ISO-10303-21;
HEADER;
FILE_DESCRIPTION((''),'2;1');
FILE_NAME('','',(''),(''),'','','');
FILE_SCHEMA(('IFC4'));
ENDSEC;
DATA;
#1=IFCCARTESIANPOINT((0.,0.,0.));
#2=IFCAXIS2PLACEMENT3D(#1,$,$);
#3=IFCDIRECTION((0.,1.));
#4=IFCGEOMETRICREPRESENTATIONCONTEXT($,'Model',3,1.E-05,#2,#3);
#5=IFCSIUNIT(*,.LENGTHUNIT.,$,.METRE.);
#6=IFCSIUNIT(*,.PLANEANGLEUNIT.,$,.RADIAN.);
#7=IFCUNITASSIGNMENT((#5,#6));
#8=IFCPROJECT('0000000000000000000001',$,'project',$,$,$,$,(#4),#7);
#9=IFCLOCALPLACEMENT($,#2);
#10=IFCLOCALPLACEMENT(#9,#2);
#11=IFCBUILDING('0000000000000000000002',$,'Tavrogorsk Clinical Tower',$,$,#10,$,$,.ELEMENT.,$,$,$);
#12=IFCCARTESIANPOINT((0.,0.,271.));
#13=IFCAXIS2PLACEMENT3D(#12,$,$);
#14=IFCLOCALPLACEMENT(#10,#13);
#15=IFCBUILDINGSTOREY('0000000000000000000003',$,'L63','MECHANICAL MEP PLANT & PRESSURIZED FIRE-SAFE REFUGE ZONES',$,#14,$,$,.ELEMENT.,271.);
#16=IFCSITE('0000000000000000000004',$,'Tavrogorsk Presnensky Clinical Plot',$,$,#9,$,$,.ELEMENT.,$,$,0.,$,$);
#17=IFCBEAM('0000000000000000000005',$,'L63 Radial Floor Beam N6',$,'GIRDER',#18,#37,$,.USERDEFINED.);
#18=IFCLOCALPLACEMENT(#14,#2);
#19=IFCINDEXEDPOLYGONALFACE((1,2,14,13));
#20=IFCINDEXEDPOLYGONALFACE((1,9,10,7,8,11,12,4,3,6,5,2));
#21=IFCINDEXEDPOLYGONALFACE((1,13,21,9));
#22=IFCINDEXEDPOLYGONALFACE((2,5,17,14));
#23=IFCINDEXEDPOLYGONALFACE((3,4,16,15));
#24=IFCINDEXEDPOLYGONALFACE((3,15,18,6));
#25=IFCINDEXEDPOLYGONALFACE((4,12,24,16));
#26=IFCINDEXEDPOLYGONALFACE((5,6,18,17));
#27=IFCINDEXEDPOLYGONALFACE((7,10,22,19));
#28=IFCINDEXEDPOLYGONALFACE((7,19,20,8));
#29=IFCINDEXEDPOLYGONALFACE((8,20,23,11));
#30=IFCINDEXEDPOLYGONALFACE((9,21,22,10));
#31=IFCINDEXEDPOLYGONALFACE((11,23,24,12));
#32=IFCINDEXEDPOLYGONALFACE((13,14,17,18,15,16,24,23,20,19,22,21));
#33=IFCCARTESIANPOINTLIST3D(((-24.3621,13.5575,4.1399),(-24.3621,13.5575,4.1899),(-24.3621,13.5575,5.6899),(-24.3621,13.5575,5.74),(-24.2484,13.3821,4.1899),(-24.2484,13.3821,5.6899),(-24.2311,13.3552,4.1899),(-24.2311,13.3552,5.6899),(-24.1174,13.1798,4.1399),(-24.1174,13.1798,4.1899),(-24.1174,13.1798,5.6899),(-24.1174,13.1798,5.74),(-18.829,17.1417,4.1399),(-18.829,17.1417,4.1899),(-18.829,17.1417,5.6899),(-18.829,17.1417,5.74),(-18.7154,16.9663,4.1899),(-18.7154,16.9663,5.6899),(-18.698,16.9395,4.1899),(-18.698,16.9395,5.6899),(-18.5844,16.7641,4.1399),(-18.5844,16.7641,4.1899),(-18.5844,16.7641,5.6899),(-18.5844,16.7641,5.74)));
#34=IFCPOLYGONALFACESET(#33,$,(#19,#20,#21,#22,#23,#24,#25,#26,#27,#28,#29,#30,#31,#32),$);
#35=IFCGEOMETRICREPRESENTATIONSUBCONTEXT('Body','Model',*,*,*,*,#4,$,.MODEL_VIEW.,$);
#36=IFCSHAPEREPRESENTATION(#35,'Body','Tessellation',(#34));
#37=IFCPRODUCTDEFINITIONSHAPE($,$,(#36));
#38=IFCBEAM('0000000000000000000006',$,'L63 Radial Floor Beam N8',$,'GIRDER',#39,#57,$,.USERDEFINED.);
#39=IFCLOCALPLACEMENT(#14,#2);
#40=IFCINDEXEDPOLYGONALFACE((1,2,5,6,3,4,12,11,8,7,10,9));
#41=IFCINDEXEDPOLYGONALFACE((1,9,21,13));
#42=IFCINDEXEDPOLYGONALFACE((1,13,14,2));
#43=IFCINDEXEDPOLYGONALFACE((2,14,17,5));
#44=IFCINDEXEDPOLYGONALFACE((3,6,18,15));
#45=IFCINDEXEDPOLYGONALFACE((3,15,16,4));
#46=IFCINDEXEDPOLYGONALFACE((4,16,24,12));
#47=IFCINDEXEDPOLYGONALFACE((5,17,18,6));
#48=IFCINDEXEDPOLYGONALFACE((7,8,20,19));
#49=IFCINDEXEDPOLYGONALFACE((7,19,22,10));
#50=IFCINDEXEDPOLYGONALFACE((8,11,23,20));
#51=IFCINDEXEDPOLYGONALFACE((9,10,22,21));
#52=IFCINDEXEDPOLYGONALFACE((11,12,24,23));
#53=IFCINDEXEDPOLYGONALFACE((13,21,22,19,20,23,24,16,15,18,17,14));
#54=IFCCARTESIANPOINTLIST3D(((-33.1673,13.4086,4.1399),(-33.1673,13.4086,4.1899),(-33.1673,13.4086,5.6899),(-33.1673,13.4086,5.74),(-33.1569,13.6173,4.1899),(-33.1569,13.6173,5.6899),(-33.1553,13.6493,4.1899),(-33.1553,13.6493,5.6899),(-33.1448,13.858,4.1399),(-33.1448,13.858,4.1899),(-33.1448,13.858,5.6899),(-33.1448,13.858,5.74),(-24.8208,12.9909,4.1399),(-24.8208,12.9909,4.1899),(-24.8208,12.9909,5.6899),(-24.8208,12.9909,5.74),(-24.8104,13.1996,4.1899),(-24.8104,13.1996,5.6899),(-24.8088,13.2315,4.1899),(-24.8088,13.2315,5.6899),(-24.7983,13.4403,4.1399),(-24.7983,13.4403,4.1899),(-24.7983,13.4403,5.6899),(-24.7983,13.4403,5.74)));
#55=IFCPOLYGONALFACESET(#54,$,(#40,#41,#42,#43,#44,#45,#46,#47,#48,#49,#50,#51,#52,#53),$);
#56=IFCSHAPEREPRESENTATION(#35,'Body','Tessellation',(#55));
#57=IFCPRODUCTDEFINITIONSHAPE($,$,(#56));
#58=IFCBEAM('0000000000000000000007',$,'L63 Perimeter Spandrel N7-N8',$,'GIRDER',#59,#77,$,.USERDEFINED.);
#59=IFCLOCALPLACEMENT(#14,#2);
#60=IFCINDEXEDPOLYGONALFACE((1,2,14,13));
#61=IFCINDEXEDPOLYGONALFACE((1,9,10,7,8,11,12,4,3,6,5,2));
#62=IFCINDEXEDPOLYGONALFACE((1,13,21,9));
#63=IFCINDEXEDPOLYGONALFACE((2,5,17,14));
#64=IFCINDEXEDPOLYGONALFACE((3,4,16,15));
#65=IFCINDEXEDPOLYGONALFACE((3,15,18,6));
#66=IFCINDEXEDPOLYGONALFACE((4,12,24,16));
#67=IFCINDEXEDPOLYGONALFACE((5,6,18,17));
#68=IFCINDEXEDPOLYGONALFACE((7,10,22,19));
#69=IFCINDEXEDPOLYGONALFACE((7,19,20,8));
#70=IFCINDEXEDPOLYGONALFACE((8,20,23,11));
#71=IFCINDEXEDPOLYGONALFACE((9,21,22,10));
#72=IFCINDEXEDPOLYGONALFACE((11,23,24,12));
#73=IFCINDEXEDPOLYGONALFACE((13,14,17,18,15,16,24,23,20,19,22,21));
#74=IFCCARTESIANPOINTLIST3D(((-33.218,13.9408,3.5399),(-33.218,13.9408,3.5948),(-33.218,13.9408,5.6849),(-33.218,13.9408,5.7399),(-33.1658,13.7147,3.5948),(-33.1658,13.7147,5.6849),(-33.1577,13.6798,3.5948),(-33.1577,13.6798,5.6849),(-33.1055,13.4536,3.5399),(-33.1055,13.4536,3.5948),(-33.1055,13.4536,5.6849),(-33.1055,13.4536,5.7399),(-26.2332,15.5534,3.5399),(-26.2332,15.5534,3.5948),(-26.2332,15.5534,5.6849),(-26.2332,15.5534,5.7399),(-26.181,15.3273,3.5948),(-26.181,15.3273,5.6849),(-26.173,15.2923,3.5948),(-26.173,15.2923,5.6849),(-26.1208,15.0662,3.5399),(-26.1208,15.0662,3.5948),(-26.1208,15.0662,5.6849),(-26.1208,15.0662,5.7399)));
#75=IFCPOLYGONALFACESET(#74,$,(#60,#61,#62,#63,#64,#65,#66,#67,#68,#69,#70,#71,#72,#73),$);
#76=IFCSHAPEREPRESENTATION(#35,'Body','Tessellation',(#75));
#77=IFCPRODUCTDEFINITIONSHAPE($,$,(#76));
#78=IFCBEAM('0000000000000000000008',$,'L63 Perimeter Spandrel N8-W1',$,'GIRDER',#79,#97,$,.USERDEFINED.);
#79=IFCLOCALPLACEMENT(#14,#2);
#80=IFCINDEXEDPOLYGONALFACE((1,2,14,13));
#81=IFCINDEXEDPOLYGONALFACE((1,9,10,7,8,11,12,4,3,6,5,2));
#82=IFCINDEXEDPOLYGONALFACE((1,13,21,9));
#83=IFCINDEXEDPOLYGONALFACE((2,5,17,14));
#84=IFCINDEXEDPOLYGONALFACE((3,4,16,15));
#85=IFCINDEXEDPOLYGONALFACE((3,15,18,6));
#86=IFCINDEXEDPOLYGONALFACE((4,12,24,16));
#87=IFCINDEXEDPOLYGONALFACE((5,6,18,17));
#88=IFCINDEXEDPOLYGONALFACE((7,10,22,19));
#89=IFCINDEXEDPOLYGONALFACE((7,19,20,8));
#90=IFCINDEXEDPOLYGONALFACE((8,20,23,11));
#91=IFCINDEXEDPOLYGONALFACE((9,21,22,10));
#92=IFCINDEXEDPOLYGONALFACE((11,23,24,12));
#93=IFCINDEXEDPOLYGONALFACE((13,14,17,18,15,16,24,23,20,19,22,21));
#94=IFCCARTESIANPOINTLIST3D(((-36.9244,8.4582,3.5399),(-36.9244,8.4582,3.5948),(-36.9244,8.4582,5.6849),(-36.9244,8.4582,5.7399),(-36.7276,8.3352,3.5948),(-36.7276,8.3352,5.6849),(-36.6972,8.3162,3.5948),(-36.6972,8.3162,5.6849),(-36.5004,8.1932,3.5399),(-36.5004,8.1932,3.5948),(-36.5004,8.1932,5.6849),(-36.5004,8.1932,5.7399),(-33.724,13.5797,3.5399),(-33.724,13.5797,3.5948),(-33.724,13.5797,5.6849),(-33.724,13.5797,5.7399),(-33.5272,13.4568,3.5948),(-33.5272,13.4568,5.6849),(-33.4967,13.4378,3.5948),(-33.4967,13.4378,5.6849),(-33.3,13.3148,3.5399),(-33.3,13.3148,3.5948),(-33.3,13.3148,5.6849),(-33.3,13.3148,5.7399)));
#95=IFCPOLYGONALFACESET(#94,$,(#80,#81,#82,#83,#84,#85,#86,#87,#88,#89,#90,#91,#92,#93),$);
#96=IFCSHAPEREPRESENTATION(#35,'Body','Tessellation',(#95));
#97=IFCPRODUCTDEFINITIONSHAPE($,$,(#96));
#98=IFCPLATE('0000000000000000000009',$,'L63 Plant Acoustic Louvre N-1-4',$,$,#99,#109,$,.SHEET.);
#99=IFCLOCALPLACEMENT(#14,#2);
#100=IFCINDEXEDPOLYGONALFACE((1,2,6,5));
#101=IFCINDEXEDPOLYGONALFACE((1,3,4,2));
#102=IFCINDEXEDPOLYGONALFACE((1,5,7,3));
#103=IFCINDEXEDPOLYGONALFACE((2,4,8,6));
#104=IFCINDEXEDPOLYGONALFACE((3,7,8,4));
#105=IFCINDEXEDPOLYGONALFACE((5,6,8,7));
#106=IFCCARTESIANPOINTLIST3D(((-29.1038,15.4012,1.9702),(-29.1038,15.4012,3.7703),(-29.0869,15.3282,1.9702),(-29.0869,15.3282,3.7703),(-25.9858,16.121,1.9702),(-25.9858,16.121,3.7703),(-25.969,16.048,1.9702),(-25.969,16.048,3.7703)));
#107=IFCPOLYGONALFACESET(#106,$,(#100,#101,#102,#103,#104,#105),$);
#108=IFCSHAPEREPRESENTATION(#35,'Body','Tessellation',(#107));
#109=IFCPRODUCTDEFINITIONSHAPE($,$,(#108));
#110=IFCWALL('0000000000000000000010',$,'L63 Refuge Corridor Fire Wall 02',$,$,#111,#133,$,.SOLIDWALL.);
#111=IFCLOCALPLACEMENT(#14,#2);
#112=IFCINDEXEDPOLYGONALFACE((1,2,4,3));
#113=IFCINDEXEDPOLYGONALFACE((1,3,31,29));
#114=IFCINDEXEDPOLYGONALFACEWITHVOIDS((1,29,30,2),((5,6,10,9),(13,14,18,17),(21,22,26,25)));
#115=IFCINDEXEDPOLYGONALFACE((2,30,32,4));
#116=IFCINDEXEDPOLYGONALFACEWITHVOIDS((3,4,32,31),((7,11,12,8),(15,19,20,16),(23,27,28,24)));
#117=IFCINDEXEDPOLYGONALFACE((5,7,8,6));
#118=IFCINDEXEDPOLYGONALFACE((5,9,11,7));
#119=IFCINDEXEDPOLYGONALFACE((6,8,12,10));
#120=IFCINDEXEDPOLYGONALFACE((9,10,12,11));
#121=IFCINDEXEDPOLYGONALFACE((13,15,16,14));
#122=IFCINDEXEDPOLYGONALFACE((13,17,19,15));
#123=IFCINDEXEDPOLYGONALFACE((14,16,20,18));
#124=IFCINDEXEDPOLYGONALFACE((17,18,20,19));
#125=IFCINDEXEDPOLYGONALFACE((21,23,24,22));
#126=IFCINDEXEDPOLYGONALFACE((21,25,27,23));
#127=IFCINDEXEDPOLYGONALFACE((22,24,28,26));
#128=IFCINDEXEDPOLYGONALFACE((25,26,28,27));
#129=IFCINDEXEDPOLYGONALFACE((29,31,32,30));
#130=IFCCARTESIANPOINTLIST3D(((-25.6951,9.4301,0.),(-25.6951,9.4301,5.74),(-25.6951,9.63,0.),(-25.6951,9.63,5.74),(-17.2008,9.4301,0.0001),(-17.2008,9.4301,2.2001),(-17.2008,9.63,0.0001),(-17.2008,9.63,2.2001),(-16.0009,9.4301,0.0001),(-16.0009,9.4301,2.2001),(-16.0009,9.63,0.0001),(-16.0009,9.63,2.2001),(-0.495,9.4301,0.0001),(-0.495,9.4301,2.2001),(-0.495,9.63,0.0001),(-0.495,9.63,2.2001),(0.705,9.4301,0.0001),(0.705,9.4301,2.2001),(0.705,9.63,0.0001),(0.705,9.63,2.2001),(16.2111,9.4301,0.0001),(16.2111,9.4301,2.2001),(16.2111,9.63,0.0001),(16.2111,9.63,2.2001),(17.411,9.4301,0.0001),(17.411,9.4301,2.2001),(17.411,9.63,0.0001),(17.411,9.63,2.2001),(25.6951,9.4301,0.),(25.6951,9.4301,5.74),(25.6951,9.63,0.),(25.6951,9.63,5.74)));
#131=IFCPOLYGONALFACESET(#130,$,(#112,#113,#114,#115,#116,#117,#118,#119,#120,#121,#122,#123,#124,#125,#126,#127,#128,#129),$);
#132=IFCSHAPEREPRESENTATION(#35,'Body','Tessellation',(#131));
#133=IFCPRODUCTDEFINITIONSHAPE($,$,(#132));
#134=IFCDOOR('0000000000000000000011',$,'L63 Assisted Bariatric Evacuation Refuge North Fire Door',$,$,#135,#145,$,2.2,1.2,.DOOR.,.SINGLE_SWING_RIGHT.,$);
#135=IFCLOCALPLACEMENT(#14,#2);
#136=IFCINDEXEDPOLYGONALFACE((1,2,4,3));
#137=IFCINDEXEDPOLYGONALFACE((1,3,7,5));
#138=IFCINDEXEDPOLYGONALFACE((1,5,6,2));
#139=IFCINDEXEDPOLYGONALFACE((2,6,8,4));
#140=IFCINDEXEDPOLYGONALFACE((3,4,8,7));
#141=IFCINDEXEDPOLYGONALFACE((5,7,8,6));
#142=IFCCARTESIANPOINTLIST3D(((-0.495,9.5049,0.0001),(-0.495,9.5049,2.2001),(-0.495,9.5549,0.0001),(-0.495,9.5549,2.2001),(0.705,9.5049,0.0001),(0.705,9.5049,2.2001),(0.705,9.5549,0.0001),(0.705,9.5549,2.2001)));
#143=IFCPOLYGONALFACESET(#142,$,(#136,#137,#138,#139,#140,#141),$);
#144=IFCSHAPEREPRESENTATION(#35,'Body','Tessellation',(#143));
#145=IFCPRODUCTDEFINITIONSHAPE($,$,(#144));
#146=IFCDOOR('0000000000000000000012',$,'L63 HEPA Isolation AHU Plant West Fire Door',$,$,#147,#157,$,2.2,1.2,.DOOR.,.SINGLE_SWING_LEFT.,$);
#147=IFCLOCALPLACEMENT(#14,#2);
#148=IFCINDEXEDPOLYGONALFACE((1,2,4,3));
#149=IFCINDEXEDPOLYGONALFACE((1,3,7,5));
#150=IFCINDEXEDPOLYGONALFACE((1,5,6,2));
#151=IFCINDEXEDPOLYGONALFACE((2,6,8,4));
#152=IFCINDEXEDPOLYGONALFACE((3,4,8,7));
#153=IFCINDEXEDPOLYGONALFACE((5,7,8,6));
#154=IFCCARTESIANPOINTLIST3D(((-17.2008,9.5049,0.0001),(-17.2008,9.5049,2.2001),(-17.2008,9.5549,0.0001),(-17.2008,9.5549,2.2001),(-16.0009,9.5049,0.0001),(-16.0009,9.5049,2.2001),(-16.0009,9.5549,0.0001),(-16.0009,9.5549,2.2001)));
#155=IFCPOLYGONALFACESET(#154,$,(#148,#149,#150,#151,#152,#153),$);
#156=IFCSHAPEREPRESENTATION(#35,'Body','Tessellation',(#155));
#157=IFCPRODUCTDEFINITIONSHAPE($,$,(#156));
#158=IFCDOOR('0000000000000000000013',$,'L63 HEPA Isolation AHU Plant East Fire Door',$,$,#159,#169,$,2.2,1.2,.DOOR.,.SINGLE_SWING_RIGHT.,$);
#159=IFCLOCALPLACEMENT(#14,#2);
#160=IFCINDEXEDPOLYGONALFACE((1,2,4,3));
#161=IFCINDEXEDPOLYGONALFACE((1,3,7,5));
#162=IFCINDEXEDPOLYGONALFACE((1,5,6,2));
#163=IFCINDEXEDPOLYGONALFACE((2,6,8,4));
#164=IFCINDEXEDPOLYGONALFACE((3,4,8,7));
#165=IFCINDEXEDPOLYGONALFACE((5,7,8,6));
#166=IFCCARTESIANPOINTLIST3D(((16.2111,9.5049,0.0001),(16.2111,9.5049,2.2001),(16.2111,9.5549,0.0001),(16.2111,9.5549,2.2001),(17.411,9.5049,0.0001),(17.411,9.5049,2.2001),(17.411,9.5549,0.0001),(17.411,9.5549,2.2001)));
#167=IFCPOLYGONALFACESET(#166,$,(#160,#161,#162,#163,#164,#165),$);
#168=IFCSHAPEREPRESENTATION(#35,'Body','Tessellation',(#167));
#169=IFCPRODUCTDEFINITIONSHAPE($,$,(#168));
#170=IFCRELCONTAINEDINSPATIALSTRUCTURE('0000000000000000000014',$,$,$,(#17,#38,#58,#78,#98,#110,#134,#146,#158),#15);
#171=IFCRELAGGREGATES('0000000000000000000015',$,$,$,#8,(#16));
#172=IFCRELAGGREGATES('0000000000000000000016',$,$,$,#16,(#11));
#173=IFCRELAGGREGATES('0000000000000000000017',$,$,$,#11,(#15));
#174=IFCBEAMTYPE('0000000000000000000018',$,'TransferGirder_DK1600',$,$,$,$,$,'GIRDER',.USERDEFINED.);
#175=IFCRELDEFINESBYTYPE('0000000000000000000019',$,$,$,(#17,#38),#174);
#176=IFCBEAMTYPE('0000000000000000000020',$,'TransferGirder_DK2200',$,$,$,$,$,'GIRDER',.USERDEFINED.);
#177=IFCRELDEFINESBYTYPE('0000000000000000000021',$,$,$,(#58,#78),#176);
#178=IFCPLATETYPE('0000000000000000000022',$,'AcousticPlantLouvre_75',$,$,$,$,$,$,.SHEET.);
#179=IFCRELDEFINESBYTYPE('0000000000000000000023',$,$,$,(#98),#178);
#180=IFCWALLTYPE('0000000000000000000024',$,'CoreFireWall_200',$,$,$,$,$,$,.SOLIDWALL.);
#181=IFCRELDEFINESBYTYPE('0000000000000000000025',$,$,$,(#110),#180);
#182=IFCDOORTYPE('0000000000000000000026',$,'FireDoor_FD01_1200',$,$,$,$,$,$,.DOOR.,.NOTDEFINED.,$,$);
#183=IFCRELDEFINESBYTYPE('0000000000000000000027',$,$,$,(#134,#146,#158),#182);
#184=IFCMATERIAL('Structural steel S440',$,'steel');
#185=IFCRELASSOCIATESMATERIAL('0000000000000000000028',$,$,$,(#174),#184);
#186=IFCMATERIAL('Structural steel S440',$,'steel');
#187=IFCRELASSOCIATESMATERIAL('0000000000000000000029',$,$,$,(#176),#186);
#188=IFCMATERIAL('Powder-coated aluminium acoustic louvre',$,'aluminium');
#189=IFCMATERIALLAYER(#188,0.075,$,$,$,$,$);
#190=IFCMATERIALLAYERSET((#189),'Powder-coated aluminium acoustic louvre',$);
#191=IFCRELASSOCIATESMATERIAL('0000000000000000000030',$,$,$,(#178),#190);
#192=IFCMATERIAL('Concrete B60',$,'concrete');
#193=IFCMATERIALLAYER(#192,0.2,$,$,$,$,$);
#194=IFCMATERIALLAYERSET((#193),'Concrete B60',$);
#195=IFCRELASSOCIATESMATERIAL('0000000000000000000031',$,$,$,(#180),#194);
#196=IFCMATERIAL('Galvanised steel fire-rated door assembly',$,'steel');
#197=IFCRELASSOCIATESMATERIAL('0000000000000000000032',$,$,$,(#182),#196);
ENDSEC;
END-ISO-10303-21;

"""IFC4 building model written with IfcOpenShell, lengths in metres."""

from ifc_helpers import new_model, si_unit, direction, frame, frame_2d, origin, origin_2d, place, context, subcontext, project, spatial, rectangle, i_section, extrude, material, layer, layer_set, material_profile, profile_set, type_object, element, fill, save


model = new_model("IFC4")

# Units and contexts
model_context = context("Model", 3, precision=1e-05, world=origin(), true_north=direction((0.0, 1.0)))
body_context = subcontext(model_context, "Body", "Model", "MODEL_VIEW")
ifc_project = project(units=[si_unit("LENGTHUNIT", "METRE"), si_unit("PLANEANGLEUNIT", "RADIAN")], contexts=[model_context])

# Site, building, storey
site_placement = place(None, origin())
site = spatial("IfcSite", under=ifc_project, at=site_placement, Name="Tavrogorsk Presnensky Clinical Plot", CompositionType="ELEMENT", RefElevation=0.0)
building_placement = place(site_placement, origin())
building = spatial("IfcBuilding", under=site, at=building_placement, Name="Tavrogorsk Clinical Tower", CompositionType="ELEMENT")
storey_placement = place(building_placement, frame((0.0, 0.0, 271.0)))
storey = spatial("IfcBuildingStorey", under=building, at=storey_placement, Name="L63", Description="MECHANICAL MEP PLANT & PRESSURIZED FIRE-SAFE REFUGE ZONES", CompositionType="ELEMENT", Elevation=271.0)

# Beams
ifc_material_1 = material(Name="Structural steel S440", Category="steel")
ifc_material_profile_1 = material_profile(ifc_material_1, i_section(OverallWidth=0.45, OverallDepth=1.6001, WebThickness=0.032, FlangeThickness=0.05, at=origin_2d()), Name="DK-1600x450x32x50")
ifc_profile_set_1 = profile_set([ifc_material_profile_1], Name="Structural steel S440")
beam_type_1 = type_object("IfcBeamType", Name="TransferGirder_DK1600", ElementType="GIRDER", PredefinedType="USERDEFINED", material=ifc_profile_set_1)
beam_1_placement = place(storey_placement, frame((-24.2397, 13.3687, 4.9399), z_axis=(0.839288, 0.543687, 0.0), x_axis=(-0.543687, 0.839288, 0.0)))
element("IfcBeam", 1, at=beam_1_placement, inside=storey, type_object=beam_type_1, Name="L63 Radial Floor Beam N6", ObjectType="GIRDER", PredefinedType="USERDEFINED", context=body_context, shape_type="SweptSolid", body=[
    extrude(i_section(OverallWidth=0.45, OverallDepth=1.6001, WebThickness=0.032, FlangeThickness=0.05, at=origin_2d()), origin(), (0.0, 0.0, 1.0), 6.5925),
])
beam_2_placement = place(storey_placement, frame((-24.8096, 13.2156, 4.9399), z_axis=(-0.99875, 0.049986, 0.0), x_axis=(-0.049986, -0.99875, 0.0)))
element("IfcBeam", 2, at=beam_2_placement, inside=storey, type_object=beam_type_1, Name="L63 Radial Floor Beam N8", ObjectType="GIRDER", PredefinedType="USERDEFINED", context=body_context, shape_type="SweptSolid", body=[
    extrude(i_section(OverallWidth=0.45, OverallDepth=1.6001, WebThickness=0.032, FlangeThickness=0.05, at=origin_2d()), origin(), (0.0, 0.0, 1.0), 8.3569),
])
ifc_material_2 = material(Name="Structural steel S440", Category="steel")
ifc_material_profile_2 = material_profile(ifc_material_2, i_section(OverallWidth=0.5, OverallDepth=2.2, WebThickness=0.0359, FlangeThickness=0.0549, at=origin_2d()), Name="DK-2200x500x36x55")
ifc_profile_set_2 = profile_set([ifc_material_profile_2], Name="Structural steel S440")
beam_type_2 = type_object("IfcBeamType", Name="TransferGirder_DK2200", ElementType="GIRDER", PredefinedType="USERDEFINED", material=ifc_profile_set_2)
beam_3_placement = place(storey_placement, frame((-26.177, 15.3098, 4.6399), z_axis=(-0.974369, -0.224954, 0.0), x_axis=(0.224954, -0.974369, 0.0)))
element("IfcBeam", 3, at=beam_3_placement, inside=storey, type_object=beam_type_2, Name="L63 Perimeter Spandrel N7-N8", ObjectType="GIRDER", PredefinedType="USERDEFINED", context=body_context, shape_type="SweptSolid", body=[
    extrude(i_section(OverallWidth=0.5, OverallDepth=2.2, WebThickness=0.0359, FlangeThickness=0.0549, at=origin_2d()), origin(), (0.0, 0.0, 1.0), 7.1685),
])
beam_4_placement = place(storey_placement, frame((-33.512, 13.4473, 4.6399), z_axis=(-0.529934, -0.848039, 0.0), x_axis=(0.848039, -0.529934, 0.0)))
element("IfcBeam", 4, at=beam_4_placement, inside=storey, type_object=beam_type_2, Name="L63 Perimeter Spandrel N8-W1", ObjectType="GIRDER", PredefinedType="USERDEFINED", context=body_context, shape_type="SweptSolid", body=[
    extrude(i_section(OverallWidth=0.5, OverallDepth=2.2, WebThickness=0.0359, FlangeThickness=0.0549, at=origin_2d()), origin(), (0.0, 0.0, 1.0), 6.0393),
])

# Plate
ifc_material_3 = material(Name="Powder-coated aluminium acoustic louvre", Category="aluminium")
ifc_layer_1 = layer(ifc_material_3, 0.075)
ifc_layer_set_1 = layer_set([ifc_layer_1], Name="Powder-coated aluminium acoustic louvre")
plate_type = type_object("IfcPlateType", Name="AcousticPlantLouvre_75", PredefinedType="SHEET", material=ifc_layer_set_1)
plate_placement = place(storey_placement, frame((-27.5364, 15.7246, 1.9702), z_axis=(0.0, 0.0, 1.0), x_axis=(-0.97437, -0.224953, 0.0)))
element("IfcPlate", 5, at=plate_placement, inside=storey, type_object=plate_type, Name="L63 Plant Acoustic Louvre N-1-4", PredefinedType="SHEET", context=body_context, shape_type="SweptSolid", body=[
    extrude(rectangle(XDim=3.2, YDim=0.075, at=origin_2d()), origin(), (0.0, 0.0, 1.0), 1.8),
])

# Wall, openings, doors
ifc_material_4 = material(Name="Concrete B60", Category="concrete")
ifc_layer_2 = layer(ifc_material_4, 0.2)
ifc_layer_set_2 = layer_set([ifc_layer_2], Name="Concrete B60")
wall_type_1 = type_object("IfcWallType", Name="CoreFireWall_200", PredefinedType="SOLIDWALL", material=ifc_layer_set_2)
wall_1_placement = place(storey_placement, frame((-25.6951, 9.53, 0.0), z_axis=(0.0, 0.0, 1.0), x_axis=(1.0, 0.0, 0.0)))
wall_1 = element("IfcWall", 6, at=wall_1_placement, inside=storey, type_object=wall_type_1, Name="L63 Refuge Corridor Fire Wall 02", PredefinedType="SOLIDWALL", context=body_context, shape_type="SweptSolid", body=[
    extrude(rectangle(XDim=51.3901, YDim=0.2, at=frame_2d((25.6951, 0.0))), origin(), (0.0, 0.0, 1.0), 5.74),
])
opening_1_placement = place(wall_1_placement, frame((25.2, 0.0, 0.0)))
opening_1 = element("IfcOpeningElement", 7, at=opening_1_placement, cuts=wall_1, PredefinedType="OPENING", context=body_context, shape_type="SweptSolid", body=[
    extrude(rectangle(XDim=1.2, YDim=2.2, at=frame_2d((0.6001, 1.1001))), frame((0.0, 0.1099, 0.0), z_axis=(0.0, -1.0, 0.0), x_axis=(1.0, 0.0, 0.0)), (0.0, 0.0, 1.0), 0.22),
])
opening_2_placement = place(wall_1_placement, frame((8.4941, 0.0, 0.0)))
opening_2 = element("IfcOpeningElement", 8, at=opening_2_placement, cuts=wall_1, PredefinedType="OPENING", context=body_context, shape_type="SweptSolid", body=[
    extrude(rectangle(XDim=1.2, YDim=2.2, at=frame_2d((0.6001, 1.1001))), frame((0.0, 0.1099, 0.0), z_axis=(0.0, -1.0, 0.0), x_axis=(1.0, 0.0, 0.0)), (0.0, 0.0, 1.0), 0.22),
])
opening_3_placement = place(wall_1_placement, frame((41.906, 0.0, 0.0)))
opening_3 = element("IfcOpeningElement", 9, at=opening_3_placement, cuts=wall_1, PredefinedType="OPENING", context=body_context, shape_type="SweptSolid", body=[
    extrude(rectangle(XDim=1.2, YDim=2.2, at=frame_2d((0.6001, 1.1001))), frame((0.0, 0.1099, 0.0), z_axis=(0.0, -1.0, 0.0), x_axis=(1.0, 0.0, 0.0)), (0.0, 0.0, 1.0), 0.22),
])
ifc_material_5 = material(Name="Galvanised steel fire-rated door assembly", Category="steel")
door_type = type_object("IfcDoorType", Name="FireDoor_FD01_1200", OperationType="NOTDEFINED", PredefinedType="DOOR", material=ifc_material_5)
door_1_placement = place(opening_1_placement, origin())
door_1 = element("IfcDoor", 10, at=door_1_placement, inside=storey, type_object=door_type, Name="L63 Assisted Bariatric Evacuation Refuge North Fire Door", OperationType="SINGLE_SWING_RIGHT", OverallHeight=2.2, OverallWidth=1.2, PredefinedType="DOOR", context=body_context, shape_type="SweptSolid", body=[
    extrude(rectangle(XDim=1.2, YDim=2.2, at=frame_2d((0.6001, 1.1001))), frame((0.0, 0.0249, 0.0), z_axis=(0.0, -1.0, 0.0), x_axis=(1.0, 0.0, 0.0)), (0.0, 0.0, 1.0), 0.05),
])
fill(opening_1, door_1)
door_2_placement = place(opening_2_placement, origin())
door_2 = element("IfcDoor", 11, at=door_2_placement, inside=storey, type_object=door_type, Name="L63 HEPA Isolation AHU Plant West Fire Door", OperationType="SINGLE_SWING_LEFT", OverallHeight=2.2, OverallWidth=1.2, PredefinedType="DOOR", context=body_context, shape_type="SweptSolid", body=[
    extrude(rectangle(XDim=1.2, YDim=2.2, at=frame_2d((0.6001, 1.1001))), frame((0.0, 0.0249, 0.0), z_axis=(0.0, -1.0, 0.0), x_axis=(1.0, 0.0, 0.0)), (0.0, 0.0, 1.0), 0.05),
])
fill(opening_2, door_2)
door_3_placement = place(opening_3_placement, origin())
door_3 = element("IfcDoor", 12, at=door_3_placement, inside=storey, type_object=door_type, Name="L63 HEPA Isolation AHU Plant East Fire Door", OperationType="SINGLE_SWING_RIGHT", OverallHeight=2.2, OverallWidth=1.2, PredefinedType="DOOR", context=body_context, shape_type="SweptSolid", body=[
    extrude(rectangle(XDim=1.2, YDim=2.2, at=frame_2d((0.6001, 1.1001))), frame((0.0, 0.0249, 0.0), z_axis=(0.0, -1.0, 0.0), x_axis=(1.0, 0.0, 0.0)), (0.0, 0.0, 1.0), 0.05),
])
fill(opening_3, door_3)

save(model, "model.ifc")
